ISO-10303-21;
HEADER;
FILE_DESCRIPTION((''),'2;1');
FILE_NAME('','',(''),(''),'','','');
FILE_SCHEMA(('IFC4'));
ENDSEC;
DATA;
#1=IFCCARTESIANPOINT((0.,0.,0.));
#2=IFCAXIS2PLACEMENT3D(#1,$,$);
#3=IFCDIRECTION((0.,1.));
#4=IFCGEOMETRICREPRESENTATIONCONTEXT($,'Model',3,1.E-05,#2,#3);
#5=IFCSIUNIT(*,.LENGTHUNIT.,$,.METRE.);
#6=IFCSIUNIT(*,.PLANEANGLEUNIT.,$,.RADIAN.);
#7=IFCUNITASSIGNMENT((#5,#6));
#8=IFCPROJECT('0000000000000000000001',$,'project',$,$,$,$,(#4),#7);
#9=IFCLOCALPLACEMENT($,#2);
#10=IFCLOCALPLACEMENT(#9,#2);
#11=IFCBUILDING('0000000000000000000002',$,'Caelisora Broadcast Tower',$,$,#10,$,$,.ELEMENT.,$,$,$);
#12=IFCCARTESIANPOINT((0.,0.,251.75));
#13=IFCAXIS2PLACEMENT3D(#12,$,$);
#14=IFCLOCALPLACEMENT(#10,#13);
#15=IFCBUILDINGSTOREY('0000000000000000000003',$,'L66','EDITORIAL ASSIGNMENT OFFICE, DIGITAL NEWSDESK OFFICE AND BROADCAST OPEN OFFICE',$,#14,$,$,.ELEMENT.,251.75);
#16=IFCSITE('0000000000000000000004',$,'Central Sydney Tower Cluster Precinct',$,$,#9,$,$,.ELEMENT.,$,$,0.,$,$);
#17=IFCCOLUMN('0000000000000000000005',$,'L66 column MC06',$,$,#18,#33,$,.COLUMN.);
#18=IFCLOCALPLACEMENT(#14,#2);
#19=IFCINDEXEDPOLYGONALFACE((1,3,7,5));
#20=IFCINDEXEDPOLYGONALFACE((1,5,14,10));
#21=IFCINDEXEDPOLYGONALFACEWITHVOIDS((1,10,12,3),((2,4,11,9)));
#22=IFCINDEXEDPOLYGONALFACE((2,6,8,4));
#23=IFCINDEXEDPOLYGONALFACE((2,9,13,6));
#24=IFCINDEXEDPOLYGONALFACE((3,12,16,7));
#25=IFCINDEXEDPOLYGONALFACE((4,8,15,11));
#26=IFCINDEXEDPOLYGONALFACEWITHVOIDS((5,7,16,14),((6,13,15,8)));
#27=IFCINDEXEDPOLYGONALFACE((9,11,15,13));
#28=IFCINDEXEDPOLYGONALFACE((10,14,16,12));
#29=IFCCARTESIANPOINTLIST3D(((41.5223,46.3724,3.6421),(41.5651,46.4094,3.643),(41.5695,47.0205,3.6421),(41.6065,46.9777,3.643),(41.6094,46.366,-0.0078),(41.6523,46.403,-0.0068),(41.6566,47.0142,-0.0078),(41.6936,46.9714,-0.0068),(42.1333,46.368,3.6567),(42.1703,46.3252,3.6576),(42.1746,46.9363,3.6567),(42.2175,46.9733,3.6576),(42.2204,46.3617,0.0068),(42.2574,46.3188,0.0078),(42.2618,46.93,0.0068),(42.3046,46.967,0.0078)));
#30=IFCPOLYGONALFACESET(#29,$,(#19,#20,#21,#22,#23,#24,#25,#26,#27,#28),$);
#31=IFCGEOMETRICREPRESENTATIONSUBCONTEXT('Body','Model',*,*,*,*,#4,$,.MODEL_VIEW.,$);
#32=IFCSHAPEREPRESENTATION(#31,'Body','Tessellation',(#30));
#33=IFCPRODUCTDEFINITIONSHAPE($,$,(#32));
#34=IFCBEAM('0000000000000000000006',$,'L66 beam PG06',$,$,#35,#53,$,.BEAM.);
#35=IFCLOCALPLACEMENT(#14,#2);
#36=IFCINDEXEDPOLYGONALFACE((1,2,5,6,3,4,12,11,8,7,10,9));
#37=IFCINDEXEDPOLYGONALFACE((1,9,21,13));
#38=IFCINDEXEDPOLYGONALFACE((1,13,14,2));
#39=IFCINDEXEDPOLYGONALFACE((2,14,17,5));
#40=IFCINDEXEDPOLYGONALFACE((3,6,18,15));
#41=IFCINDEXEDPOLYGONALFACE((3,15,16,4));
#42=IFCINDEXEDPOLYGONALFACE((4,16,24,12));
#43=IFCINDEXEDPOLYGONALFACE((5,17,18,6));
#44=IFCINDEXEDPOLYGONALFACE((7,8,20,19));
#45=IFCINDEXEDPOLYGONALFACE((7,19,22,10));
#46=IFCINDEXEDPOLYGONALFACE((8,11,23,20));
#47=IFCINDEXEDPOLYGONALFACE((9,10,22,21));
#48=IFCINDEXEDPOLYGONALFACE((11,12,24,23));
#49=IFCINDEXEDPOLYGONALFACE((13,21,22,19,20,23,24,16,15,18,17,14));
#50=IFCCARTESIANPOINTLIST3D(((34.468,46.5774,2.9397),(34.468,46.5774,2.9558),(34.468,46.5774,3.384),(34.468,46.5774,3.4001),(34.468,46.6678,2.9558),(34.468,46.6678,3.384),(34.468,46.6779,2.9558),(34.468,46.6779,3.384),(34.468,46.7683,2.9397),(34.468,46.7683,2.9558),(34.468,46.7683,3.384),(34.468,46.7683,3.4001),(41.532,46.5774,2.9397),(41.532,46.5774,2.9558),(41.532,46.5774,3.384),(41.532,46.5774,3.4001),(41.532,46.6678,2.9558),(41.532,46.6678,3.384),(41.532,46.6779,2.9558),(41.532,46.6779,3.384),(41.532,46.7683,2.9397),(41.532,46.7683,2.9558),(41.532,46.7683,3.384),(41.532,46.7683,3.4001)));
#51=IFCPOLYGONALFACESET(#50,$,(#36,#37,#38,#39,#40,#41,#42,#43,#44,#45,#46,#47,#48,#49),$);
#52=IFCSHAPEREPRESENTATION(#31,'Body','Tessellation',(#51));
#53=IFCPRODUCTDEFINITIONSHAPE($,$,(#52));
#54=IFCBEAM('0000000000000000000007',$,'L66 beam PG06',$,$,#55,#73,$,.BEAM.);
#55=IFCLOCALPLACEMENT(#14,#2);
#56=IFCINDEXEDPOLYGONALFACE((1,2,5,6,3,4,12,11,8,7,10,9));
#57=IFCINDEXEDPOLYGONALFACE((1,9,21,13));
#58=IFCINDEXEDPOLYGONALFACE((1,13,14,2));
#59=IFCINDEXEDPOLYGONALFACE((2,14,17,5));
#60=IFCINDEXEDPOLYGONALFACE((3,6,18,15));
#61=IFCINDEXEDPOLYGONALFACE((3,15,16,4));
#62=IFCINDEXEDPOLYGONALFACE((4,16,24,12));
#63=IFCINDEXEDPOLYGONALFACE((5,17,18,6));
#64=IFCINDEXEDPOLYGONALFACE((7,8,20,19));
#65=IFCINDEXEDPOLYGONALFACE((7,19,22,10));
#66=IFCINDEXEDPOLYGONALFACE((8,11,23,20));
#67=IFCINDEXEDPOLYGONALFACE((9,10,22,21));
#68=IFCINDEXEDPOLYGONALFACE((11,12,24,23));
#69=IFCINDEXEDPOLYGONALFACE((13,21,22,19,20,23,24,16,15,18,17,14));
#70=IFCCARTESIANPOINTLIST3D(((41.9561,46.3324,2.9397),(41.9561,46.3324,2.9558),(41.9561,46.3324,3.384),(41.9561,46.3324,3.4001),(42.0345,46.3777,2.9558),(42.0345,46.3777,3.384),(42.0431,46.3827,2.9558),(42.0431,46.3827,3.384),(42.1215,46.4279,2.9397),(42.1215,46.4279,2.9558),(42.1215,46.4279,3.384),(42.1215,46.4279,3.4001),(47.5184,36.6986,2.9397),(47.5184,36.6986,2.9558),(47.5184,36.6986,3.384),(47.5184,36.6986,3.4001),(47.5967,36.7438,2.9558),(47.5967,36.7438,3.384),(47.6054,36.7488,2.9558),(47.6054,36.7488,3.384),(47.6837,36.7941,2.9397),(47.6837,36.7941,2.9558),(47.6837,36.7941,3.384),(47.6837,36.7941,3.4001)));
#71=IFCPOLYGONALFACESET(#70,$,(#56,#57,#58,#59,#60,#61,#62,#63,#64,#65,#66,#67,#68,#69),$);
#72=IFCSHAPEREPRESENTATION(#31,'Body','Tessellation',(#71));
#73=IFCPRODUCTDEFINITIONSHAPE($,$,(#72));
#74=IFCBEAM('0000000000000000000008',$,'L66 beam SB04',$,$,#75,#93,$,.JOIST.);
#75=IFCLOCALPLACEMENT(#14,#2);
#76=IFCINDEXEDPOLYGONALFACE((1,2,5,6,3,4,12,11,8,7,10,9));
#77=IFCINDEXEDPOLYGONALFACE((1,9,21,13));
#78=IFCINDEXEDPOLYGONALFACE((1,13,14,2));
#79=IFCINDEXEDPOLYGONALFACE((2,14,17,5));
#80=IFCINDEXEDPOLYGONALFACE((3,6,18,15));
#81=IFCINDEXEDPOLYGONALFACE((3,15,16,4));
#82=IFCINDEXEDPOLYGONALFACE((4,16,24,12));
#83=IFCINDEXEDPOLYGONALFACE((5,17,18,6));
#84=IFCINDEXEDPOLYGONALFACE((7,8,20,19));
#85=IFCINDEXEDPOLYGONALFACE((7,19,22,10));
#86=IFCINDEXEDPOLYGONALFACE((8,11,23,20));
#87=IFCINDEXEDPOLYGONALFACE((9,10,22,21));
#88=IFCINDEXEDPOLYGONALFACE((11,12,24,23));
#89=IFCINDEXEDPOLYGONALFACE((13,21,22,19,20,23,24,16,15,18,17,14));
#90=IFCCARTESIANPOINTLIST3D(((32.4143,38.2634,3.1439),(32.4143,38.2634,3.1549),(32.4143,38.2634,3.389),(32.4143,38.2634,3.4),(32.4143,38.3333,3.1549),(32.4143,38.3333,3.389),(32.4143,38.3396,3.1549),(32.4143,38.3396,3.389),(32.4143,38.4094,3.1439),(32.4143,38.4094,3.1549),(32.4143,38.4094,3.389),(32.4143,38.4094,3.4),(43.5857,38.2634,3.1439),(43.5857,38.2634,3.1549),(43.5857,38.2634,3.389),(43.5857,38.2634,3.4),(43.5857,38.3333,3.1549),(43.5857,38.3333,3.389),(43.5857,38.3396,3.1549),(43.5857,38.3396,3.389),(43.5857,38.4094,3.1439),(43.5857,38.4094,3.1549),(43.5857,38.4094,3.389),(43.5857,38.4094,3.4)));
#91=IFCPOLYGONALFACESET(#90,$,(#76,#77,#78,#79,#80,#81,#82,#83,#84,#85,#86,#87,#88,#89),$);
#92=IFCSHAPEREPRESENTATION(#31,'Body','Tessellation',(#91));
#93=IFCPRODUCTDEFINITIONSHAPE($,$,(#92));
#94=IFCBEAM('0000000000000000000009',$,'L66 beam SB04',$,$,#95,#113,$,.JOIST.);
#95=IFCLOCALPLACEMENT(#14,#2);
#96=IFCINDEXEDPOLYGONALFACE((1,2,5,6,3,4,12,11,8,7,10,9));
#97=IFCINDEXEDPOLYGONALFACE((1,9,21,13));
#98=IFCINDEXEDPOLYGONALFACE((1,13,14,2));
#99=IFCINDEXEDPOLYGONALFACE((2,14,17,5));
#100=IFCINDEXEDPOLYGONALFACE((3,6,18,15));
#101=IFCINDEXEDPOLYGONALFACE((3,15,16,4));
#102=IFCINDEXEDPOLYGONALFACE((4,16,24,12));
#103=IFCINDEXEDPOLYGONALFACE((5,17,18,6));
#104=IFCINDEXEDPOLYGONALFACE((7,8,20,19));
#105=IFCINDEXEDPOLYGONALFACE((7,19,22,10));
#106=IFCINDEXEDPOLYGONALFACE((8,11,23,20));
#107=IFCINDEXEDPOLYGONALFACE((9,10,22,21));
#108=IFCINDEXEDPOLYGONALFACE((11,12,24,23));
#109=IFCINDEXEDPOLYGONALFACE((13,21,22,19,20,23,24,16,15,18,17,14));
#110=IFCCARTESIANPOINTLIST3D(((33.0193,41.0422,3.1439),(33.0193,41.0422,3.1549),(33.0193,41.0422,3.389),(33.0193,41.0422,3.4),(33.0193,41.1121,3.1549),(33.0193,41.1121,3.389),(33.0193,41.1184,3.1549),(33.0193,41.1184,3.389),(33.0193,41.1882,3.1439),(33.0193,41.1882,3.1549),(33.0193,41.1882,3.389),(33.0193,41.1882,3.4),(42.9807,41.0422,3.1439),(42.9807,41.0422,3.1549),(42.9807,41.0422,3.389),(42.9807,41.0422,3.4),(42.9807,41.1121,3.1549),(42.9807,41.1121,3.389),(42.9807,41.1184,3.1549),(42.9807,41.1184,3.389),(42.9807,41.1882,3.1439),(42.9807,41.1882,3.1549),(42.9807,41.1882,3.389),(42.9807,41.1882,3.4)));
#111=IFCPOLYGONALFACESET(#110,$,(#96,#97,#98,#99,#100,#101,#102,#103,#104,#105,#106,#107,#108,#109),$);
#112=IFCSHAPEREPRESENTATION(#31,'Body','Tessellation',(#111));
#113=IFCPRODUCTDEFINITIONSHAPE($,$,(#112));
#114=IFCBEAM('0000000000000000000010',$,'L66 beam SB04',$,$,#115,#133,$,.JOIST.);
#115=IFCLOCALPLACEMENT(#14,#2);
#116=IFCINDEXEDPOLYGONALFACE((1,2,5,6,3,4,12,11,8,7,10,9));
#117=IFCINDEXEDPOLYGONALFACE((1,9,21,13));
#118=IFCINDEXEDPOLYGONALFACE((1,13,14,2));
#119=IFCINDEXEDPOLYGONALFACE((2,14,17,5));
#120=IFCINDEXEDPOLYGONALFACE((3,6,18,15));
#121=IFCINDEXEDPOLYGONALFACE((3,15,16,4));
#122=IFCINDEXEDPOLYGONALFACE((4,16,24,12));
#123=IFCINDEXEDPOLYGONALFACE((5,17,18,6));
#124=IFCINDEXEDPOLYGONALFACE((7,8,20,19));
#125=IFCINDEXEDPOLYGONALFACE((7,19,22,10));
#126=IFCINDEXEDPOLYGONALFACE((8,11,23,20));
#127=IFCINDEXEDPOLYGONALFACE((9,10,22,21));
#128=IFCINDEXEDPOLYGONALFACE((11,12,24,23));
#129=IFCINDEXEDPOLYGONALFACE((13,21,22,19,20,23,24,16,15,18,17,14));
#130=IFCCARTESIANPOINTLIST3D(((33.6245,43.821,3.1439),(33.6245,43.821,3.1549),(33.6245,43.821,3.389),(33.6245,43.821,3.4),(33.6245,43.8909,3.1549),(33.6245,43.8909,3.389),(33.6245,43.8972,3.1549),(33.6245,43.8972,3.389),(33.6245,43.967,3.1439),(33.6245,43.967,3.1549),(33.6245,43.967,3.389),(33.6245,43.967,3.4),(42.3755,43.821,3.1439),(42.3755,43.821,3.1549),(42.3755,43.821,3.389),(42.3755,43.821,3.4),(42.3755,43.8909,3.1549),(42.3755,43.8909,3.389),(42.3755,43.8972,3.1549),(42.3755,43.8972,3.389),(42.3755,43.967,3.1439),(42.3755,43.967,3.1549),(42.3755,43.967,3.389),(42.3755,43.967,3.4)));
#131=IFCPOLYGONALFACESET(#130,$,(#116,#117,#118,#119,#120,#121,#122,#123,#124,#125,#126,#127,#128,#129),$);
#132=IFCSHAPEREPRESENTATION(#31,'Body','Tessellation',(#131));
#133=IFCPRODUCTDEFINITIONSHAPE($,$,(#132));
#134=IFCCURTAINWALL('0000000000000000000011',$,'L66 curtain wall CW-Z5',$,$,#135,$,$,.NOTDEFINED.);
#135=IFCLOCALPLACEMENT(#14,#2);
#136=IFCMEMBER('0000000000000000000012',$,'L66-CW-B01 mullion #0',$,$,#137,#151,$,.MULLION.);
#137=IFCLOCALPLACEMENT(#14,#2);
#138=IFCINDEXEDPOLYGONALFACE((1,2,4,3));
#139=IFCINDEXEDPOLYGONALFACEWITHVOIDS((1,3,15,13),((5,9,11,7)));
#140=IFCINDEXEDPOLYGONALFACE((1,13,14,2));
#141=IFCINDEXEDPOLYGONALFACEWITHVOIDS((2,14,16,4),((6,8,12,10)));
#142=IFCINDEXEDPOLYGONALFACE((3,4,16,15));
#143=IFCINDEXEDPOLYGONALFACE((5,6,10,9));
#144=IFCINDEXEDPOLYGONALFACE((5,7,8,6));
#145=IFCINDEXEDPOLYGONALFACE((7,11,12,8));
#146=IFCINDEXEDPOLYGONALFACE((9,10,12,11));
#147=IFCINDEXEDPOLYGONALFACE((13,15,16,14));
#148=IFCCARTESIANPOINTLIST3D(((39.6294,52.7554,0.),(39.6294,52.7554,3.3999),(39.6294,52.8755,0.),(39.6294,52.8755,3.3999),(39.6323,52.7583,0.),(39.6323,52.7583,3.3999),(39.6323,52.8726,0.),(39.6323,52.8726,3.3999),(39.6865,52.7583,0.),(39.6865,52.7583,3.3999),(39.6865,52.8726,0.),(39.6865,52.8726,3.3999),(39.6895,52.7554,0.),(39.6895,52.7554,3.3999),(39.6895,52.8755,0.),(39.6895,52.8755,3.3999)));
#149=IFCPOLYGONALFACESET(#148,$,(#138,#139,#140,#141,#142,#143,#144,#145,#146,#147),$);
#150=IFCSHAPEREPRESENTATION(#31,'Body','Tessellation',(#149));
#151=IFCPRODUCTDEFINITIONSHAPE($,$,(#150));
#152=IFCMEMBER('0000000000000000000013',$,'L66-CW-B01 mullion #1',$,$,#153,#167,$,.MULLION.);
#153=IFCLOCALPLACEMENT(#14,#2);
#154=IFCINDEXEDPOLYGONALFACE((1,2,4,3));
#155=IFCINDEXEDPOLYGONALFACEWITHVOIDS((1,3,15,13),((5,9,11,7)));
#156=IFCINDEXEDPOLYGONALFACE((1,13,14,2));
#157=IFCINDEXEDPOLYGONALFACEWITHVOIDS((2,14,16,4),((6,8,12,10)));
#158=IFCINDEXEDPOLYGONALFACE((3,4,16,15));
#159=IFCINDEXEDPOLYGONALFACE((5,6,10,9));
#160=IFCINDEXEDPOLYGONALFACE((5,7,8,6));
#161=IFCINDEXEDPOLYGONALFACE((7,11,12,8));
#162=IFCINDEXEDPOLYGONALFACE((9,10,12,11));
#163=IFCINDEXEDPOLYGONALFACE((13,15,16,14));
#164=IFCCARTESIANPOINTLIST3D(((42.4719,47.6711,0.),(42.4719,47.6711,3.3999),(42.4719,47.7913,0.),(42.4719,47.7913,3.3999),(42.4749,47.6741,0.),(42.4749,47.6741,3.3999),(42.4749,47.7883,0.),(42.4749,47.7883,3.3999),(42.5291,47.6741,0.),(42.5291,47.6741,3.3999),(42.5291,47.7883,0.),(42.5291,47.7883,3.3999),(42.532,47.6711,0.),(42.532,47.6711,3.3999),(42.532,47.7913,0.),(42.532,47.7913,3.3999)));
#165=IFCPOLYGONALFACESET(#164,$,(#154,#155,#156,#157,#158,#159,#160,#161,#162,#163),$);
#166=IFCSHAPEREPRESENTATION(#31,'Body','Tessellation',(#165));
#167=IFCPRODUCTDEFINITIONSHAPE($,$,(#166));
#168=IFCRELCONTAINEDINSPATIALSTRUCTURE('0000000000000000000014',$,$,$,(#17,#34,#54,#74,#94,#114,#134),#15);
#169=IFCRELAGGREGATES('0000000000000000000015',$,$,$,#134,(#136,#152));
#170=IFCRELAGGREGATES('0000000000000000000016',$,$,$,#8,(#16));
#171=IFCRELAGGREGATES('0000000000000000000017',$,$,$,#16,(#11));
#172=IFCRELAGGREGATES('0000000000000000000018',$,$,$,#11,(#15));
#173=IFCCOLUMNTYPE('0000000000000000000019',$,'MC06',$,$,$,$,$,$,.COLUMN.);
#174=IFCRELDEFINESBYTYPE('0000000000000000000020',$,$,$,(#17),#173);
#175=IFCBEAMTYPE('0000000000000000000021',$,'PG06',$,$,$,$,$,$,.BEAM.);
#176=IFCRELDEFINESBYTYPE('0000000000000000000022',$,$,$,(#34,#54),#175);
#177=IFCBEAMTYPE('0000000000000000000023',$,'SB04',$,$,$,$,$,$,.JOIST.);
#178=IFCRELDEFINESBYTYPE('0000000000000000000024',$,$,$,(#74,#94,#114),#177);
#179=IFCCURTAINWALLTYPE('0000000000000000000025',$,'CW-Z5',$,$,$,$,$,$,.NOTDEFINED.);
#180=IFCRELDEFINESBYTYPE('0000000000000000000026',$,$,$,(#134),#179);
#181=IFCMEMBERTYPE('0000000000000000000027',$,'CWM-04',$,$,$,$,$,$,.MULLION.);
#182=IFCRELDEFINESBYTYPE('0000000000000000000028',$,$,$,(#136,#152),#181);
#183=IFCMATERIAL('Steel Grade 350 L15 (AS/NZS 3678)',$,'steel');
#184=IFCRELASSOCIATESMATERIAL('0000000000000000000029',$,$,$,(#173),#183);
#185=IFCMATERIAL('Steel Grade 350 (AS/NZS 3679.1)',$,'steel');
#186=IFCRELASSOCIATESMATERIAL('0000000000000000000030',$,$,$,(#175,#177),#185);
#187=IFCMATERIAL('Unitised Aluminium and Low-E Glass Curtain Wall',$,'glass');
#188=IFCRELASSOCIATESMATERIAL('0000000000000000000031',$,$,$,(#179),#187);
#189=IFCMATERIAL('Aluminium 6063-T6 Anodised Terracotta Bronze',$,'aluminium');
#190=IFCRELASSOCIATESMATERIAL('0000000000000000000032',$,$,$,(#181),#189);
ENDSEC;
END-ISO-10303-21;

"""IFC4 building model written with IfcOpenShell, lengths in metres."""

from ifc_helpers import new_model, si_unit, direction, frame, origin, origin_2d, place, context, subcontext, project, spatial, hollow_rectangle, i_section, extrude, source, transform, mapped, material, material_profile, profile_set, type_object, type_shapes, element, aggregate, save


model = new_model("IFC4")

# Units and contexts
model_context = context("Model", 3, precision=1e-05, world=origin(), true_north=direction((0.0, 1.0)))
body_context = subcontext(model_context, "Body", "Model", "MODEL_VIEW")
ifc_project = project(units=[si_unit("LENGTHUNIT", "METRE"), si_unit("PLANEANGLEUNIT", "RADIAN")], contexts=[model_context])

# Site, building, storey
site_placement = place(None, origin())
site = spatial("IfcSite", under=ifc_project, at=site_placement, Name="Central Sydney Tower Cluster Precinct", CompositionType="ELEMENT", RefElevation=0.0)
building_placement = place(site_placement, origin())
building = spatial("IfcBuilding", under=site, at=building_placement, Name="Caelisora Broadcast Tower", CompositionType="ELEMENT")
storey_placement = place(building_placement, frame((0.0, 0.0, 251.75)))
storey = spatial("IfcBuildingStorey", under=building, at=storey_placement, Name="L66", Description="EDITORIAL ASSIGNMENT OFFICE, DIGITAL NEWSDESK OFFICE AND BROADCAST OPEN OFFICE", CompositionType="ELEMENT", Elevation=251.75)

# Column
ifc_material_1 = material(Name="Steel Grade 350 L15 (AS/NZS 3678)", Category="steel")
ifc_material_profile_1 = material_profile(ifc_material_1, hollow_rectangle(XDim=0.6499, YDim=0.6499, WallThickness=0.04, at=origin_2d()), Name="Steel Grade 350 L15 (AS/NZS 3678)")
ifc_profile_set_1 = profile_set([ifc_material_profile_1], Name="Steel Grade 350 L15 (AS/NZS 3678)")
column_type = type_object("IfcColumnType", Name="MC06", PredefinedType="COLUMN", material=ifc_profile_set_1)
shared_shape_1 = source(origin(), body_context, "Body", "SweptSolid", [
    extrude(hollow_rectangle(XDim=0.6499, YDim=0.6499, WallThickness=0.04, at=origin_2d()), origin(), (0.0, 0.0, 1.0), 3.6509),
])
type_shapes(column_type, [shared_shape_1])
column_placement = place(storey_placement, frame((41.957, 46.6665, 0.0), z_axis=(-0.023873, 0.001739, 0.999713), x_axis=(-0.072637, -0.997358, 0.0)))
element("IfcColumn", 1, at=column_placement, inside=storey, type_object=column_type, Name="L66 column MC06", PredefinedType="COLUMN", context=body_context, shape_type="MappedRepresentation", body=[
    mapped(shared_shape_1, transform((0.0, 0.0, 0.0), scale=1.0)),
])

# Beams
ifc_material_2 = material(Name="Steel Grade 350 (AS/NZS 3679.1)", Category="steel")
ifc_material_profile_2 = material_profile(ifc_material_2, i_section(OverallWidth=0.1909, OverallDepth=0.4604, WebThickness=0.01, FlangeThickness=0.0161, at=origin_2d()), Name="Steel Grade 350 (AS/NZS 3679.1)")
ifc_profile_set_2 = profile_set([ifc_material_profile_2], Name="Steel Grade 350 (AS/NZS 3679.1)")
beam_type_1 = type_object("IfcBeamType", Name="PG06", PredefinedType="BEAM", material=ifc_profile_set_2)
shared_shape_2 = source(origin(), body_context, "Body", "SweptSolid", [
    extrude(i_section(OverallWidth=0.1909, OverallDepth=0.4604, WebThickness=0.01, FlangeThickness=0.0161, at=origin_2d()), origin(), (0.0, 0.0, 1.0), 7.064),
])
beam_1_placement = place(storey_placement, frame((41.532, 46.6729, 3.1699), z_axis=(-1.0, 0.0, 0.0), x_axis=(0.0, -1.0, 0.0)))
element("IfcBeam", 2, at=beam_1_placement, inside=storey, type_object=beam_type_1, Name="L66 beam PG06", PredefinedType="BEAM", context=body_context, shape_type="MappedRepresentation", body=[
    mapped(shared_shape_2, transform((0.0, 0.0, 0.0), scale=1.0)),
])
shared_shape_3 = source(origin(), body_context, "Body", "SweptSolid", [
    extrude(i_section(OverallWidth=0.1909, OverallDepth=0.4604, WebThickness=0.01, FlangeThickness=0.0161, at=origin_2d()), origin(), (0.0, 0.0, 1.0), 11.1243),
])
type_shapes(beam_type_1, [shared_shape_2, shared_shape_3])
beam_2_placement = place(storey_placement, frame((47.6011, 36.7463, 3.1699), z_axis=(-0.500012, 0.866018, 0.0), x_axis=(-0.866018, -0.500012, 0.0)))
element("IfcBeam", 3, at=beam_2_placement, inside=storey, type_object=beam_type_1, Name="L66 beam PG06", PredefinedType="BEAM", context=body_context, shape_type="MappedRepresentation", body=[
    mapped(shared_shape_3, transform((0.0, 0.0, 0.0), scale=1.0)),
])
ifc_material_profile_3 = material_profile(ifc_material_2, i_section(OverallWidth=0.146, OverallDepth=0.2561, WebThickness=0.0063, FlangeThickness=0.011, at=origin_2d()), Name="Steel Grade 350 (AS/NZS 3679.1)")
ifc_profile_set_3 = profile_set([ifc_material_profile_3], Name="Steel Grade 350 (AS/NZS 3679.1)")
beam_type_2 = type_object("IfcBeamType", Name="SB04", PredefinedType="JOIST", material=ifc_profile_set_3)
shared_shape_4 = source(origin(), body_context, "Body", "SweptSolid", [
    extrude(i_section(OverallWidth=0.146, OverallDepth=0.2561, WebThickness=0.0063, FlangeThickness=0.011, at=origin_2d()), origin(), (0.0, 0.0, 1.0), 11.1714),
])
beam_3_placement = place(storey_placement, frame((43.5857, 38.3364, 3.272), z_axis=(-1.0, 0.0, 0.0), x_axis=(0.0, -1.0, 0.0)))
element("IfcBeam", 4, at=beam_3_placement, inside=storey, type_object=beam_type_2, Name="L66 beam SB04", PredefinedType="JOIST", context=body_context, shape_type="MappedRepresentation", body=[
    mapped(shared_shape_4, transform((0.0, 0.0, 0.0), scale=1.0)),
])
shared_shape_5 = source(origin(), body_context, "Body", "SweptSolid", [
    extrude(i_section(OverallWidth=0.146, OverallDepth=0.2561, WebThickness=0.0063, FlangeThickness=0.011, at=origin_2d()), origin(), (0.0, 0.0, 1.0), 9.9614),
])
beam_4_placement = place(storey_placement, frame((42.9807, 41.1152, 3.272), z_axis=(-1.0, 0.0, 0.0), x_axis=(0.0, -1.0, 0.0)))
element("IfcBeam", 5, at=beam_4_placement, inside=storey, type_object=beam_type_2, Name="L66 beam SB04", PredefinedType="JOIST", context=body_context, shape_type="MappedRepresentation", body=[
    mapped(shared_shape_5, transform((0.0, 0.0, 0.0), scale=1.0)),
])
shared_shape_6 = source(origin(), body_context, "Body", "SweptSolid", [
    extrude(i_section(OverallWidth=0.146, OverallDepth=0.2561, WebThickness=0.0063, FlangeThickness=0.011, at=origin_2d()), origin(), (0.0, 0.0, 1.0), 8.751),
])
type_shapes(beam_type_2, [shared_shape_4, shared_shape_5, shared_shape_6])
beam_5_placement = place(storey_placement, frame((42.3755, 43.894, 3.272), z_axis=(-1.0, 0.0, 0.0), x_axis=(0.0, -1.0, 0.0)))
element("IfcBeam", 6, at=beam_5_placement, inside=storey, type_object=beam_type_2, Name="L66 beam SB04", PredefinedType="JOIST", context=body_context, shape_type="MappedRepresentation", body=[
    mapped(shared_shape_6, transform((0.0, 0.0, 0.0), scale=1.0)),
])

# Curtain wall, members
ifc_material_3 = material(Name="Unitised Aluminium and Low-E Glass Curtain Wall", Category="glass")
curtain_wall_type_1 = type_object("IfcCurtainWallType", Name="CW-Z5", PredefinedType="NOTDEFINED", material=ifc_material_3)
curtain_wall_1_placement = place(storey_placement, origin())
curtain_wall_1 = element("IfcCurtainWall", 7, at=curtain_wall_1_placement, inside=storey, type_object=curtain_wall_type_1, Name="L66 curtain wall CW-Z5", PredefinedType="NOTDEFINED")
ifc_material_4 = material(Name="Aluminium 6063-T6 Anodised Terracotta Bronze", Category="aluminium")
ifc_material_profile_4 = material_profile(ifc_material_4, hollow_rectangle(XDim=0.0601, YDim=0.1201, WallThickness=0.0029, at=origin_2d()), Name="Aluminium 6063-T6 Anodised Terracotta Bronze")
ifc_profile_set_4 = profile_set([ifc_material_profile_4], Name="Aluminium 6063-T6 Anodised Terracotta Bronze")
member_type_1 = type_object("IfcMemberType", Name="CWM-04", PredefinedType="MULLION", material=ifc_profile_set_4)
shared_shape_7 = source(origin(), body_context, "Body", "SweptSolid", [
    extrude(hollow_rectangle(XDim=0.0601, YDim=0.1201, WallThickness=0.0029, at=origin_2d()), origin(), (0.0, 0.0, 1.0), 3.3999),
])
type_shapes(member_type_1, [shared_shape_7])
member_1_placement = place(storey_placement, frame((39.6594, 52.8154, 0.0), z_axis=(0.0, 0.0, 1.0), x_axis=(1.0, 0.0, 0.0)))
member_1 = element("IfcMember", 8, at=member_1_placement, type_object=member_type_1, Name="L66-CW-B01 mullion #0", PredefinedType="MULLION", context=body_context, shape_type="MappedRepresentation", body=[
    mapped(shared_shape_7, transform((0.0, 0.0, 0.0), scale=1.0)),
])
member_2_placement = place(storey_placement, frame((42.502, 47.7312, 0.0), z_axis=(0.0, 0.0, 1.0), x_axis=(1.0, 0.0, 0.0)))
member_2 = element("IfcMember", 9, at=member_2_placement, type_object=member_type_1, Name="L66-CW-B01 mullion #1", PredefinedType="MULLION", context=body_context, shape_type="MappedRepresentation", body=[
    mapped(shared_shape_7, transform((0.0, 0.0, 0.0), scale=1.0)),
])

aggregate(curtain_wall_1, [member_1, member_2])

save(model, "model.ifc")
